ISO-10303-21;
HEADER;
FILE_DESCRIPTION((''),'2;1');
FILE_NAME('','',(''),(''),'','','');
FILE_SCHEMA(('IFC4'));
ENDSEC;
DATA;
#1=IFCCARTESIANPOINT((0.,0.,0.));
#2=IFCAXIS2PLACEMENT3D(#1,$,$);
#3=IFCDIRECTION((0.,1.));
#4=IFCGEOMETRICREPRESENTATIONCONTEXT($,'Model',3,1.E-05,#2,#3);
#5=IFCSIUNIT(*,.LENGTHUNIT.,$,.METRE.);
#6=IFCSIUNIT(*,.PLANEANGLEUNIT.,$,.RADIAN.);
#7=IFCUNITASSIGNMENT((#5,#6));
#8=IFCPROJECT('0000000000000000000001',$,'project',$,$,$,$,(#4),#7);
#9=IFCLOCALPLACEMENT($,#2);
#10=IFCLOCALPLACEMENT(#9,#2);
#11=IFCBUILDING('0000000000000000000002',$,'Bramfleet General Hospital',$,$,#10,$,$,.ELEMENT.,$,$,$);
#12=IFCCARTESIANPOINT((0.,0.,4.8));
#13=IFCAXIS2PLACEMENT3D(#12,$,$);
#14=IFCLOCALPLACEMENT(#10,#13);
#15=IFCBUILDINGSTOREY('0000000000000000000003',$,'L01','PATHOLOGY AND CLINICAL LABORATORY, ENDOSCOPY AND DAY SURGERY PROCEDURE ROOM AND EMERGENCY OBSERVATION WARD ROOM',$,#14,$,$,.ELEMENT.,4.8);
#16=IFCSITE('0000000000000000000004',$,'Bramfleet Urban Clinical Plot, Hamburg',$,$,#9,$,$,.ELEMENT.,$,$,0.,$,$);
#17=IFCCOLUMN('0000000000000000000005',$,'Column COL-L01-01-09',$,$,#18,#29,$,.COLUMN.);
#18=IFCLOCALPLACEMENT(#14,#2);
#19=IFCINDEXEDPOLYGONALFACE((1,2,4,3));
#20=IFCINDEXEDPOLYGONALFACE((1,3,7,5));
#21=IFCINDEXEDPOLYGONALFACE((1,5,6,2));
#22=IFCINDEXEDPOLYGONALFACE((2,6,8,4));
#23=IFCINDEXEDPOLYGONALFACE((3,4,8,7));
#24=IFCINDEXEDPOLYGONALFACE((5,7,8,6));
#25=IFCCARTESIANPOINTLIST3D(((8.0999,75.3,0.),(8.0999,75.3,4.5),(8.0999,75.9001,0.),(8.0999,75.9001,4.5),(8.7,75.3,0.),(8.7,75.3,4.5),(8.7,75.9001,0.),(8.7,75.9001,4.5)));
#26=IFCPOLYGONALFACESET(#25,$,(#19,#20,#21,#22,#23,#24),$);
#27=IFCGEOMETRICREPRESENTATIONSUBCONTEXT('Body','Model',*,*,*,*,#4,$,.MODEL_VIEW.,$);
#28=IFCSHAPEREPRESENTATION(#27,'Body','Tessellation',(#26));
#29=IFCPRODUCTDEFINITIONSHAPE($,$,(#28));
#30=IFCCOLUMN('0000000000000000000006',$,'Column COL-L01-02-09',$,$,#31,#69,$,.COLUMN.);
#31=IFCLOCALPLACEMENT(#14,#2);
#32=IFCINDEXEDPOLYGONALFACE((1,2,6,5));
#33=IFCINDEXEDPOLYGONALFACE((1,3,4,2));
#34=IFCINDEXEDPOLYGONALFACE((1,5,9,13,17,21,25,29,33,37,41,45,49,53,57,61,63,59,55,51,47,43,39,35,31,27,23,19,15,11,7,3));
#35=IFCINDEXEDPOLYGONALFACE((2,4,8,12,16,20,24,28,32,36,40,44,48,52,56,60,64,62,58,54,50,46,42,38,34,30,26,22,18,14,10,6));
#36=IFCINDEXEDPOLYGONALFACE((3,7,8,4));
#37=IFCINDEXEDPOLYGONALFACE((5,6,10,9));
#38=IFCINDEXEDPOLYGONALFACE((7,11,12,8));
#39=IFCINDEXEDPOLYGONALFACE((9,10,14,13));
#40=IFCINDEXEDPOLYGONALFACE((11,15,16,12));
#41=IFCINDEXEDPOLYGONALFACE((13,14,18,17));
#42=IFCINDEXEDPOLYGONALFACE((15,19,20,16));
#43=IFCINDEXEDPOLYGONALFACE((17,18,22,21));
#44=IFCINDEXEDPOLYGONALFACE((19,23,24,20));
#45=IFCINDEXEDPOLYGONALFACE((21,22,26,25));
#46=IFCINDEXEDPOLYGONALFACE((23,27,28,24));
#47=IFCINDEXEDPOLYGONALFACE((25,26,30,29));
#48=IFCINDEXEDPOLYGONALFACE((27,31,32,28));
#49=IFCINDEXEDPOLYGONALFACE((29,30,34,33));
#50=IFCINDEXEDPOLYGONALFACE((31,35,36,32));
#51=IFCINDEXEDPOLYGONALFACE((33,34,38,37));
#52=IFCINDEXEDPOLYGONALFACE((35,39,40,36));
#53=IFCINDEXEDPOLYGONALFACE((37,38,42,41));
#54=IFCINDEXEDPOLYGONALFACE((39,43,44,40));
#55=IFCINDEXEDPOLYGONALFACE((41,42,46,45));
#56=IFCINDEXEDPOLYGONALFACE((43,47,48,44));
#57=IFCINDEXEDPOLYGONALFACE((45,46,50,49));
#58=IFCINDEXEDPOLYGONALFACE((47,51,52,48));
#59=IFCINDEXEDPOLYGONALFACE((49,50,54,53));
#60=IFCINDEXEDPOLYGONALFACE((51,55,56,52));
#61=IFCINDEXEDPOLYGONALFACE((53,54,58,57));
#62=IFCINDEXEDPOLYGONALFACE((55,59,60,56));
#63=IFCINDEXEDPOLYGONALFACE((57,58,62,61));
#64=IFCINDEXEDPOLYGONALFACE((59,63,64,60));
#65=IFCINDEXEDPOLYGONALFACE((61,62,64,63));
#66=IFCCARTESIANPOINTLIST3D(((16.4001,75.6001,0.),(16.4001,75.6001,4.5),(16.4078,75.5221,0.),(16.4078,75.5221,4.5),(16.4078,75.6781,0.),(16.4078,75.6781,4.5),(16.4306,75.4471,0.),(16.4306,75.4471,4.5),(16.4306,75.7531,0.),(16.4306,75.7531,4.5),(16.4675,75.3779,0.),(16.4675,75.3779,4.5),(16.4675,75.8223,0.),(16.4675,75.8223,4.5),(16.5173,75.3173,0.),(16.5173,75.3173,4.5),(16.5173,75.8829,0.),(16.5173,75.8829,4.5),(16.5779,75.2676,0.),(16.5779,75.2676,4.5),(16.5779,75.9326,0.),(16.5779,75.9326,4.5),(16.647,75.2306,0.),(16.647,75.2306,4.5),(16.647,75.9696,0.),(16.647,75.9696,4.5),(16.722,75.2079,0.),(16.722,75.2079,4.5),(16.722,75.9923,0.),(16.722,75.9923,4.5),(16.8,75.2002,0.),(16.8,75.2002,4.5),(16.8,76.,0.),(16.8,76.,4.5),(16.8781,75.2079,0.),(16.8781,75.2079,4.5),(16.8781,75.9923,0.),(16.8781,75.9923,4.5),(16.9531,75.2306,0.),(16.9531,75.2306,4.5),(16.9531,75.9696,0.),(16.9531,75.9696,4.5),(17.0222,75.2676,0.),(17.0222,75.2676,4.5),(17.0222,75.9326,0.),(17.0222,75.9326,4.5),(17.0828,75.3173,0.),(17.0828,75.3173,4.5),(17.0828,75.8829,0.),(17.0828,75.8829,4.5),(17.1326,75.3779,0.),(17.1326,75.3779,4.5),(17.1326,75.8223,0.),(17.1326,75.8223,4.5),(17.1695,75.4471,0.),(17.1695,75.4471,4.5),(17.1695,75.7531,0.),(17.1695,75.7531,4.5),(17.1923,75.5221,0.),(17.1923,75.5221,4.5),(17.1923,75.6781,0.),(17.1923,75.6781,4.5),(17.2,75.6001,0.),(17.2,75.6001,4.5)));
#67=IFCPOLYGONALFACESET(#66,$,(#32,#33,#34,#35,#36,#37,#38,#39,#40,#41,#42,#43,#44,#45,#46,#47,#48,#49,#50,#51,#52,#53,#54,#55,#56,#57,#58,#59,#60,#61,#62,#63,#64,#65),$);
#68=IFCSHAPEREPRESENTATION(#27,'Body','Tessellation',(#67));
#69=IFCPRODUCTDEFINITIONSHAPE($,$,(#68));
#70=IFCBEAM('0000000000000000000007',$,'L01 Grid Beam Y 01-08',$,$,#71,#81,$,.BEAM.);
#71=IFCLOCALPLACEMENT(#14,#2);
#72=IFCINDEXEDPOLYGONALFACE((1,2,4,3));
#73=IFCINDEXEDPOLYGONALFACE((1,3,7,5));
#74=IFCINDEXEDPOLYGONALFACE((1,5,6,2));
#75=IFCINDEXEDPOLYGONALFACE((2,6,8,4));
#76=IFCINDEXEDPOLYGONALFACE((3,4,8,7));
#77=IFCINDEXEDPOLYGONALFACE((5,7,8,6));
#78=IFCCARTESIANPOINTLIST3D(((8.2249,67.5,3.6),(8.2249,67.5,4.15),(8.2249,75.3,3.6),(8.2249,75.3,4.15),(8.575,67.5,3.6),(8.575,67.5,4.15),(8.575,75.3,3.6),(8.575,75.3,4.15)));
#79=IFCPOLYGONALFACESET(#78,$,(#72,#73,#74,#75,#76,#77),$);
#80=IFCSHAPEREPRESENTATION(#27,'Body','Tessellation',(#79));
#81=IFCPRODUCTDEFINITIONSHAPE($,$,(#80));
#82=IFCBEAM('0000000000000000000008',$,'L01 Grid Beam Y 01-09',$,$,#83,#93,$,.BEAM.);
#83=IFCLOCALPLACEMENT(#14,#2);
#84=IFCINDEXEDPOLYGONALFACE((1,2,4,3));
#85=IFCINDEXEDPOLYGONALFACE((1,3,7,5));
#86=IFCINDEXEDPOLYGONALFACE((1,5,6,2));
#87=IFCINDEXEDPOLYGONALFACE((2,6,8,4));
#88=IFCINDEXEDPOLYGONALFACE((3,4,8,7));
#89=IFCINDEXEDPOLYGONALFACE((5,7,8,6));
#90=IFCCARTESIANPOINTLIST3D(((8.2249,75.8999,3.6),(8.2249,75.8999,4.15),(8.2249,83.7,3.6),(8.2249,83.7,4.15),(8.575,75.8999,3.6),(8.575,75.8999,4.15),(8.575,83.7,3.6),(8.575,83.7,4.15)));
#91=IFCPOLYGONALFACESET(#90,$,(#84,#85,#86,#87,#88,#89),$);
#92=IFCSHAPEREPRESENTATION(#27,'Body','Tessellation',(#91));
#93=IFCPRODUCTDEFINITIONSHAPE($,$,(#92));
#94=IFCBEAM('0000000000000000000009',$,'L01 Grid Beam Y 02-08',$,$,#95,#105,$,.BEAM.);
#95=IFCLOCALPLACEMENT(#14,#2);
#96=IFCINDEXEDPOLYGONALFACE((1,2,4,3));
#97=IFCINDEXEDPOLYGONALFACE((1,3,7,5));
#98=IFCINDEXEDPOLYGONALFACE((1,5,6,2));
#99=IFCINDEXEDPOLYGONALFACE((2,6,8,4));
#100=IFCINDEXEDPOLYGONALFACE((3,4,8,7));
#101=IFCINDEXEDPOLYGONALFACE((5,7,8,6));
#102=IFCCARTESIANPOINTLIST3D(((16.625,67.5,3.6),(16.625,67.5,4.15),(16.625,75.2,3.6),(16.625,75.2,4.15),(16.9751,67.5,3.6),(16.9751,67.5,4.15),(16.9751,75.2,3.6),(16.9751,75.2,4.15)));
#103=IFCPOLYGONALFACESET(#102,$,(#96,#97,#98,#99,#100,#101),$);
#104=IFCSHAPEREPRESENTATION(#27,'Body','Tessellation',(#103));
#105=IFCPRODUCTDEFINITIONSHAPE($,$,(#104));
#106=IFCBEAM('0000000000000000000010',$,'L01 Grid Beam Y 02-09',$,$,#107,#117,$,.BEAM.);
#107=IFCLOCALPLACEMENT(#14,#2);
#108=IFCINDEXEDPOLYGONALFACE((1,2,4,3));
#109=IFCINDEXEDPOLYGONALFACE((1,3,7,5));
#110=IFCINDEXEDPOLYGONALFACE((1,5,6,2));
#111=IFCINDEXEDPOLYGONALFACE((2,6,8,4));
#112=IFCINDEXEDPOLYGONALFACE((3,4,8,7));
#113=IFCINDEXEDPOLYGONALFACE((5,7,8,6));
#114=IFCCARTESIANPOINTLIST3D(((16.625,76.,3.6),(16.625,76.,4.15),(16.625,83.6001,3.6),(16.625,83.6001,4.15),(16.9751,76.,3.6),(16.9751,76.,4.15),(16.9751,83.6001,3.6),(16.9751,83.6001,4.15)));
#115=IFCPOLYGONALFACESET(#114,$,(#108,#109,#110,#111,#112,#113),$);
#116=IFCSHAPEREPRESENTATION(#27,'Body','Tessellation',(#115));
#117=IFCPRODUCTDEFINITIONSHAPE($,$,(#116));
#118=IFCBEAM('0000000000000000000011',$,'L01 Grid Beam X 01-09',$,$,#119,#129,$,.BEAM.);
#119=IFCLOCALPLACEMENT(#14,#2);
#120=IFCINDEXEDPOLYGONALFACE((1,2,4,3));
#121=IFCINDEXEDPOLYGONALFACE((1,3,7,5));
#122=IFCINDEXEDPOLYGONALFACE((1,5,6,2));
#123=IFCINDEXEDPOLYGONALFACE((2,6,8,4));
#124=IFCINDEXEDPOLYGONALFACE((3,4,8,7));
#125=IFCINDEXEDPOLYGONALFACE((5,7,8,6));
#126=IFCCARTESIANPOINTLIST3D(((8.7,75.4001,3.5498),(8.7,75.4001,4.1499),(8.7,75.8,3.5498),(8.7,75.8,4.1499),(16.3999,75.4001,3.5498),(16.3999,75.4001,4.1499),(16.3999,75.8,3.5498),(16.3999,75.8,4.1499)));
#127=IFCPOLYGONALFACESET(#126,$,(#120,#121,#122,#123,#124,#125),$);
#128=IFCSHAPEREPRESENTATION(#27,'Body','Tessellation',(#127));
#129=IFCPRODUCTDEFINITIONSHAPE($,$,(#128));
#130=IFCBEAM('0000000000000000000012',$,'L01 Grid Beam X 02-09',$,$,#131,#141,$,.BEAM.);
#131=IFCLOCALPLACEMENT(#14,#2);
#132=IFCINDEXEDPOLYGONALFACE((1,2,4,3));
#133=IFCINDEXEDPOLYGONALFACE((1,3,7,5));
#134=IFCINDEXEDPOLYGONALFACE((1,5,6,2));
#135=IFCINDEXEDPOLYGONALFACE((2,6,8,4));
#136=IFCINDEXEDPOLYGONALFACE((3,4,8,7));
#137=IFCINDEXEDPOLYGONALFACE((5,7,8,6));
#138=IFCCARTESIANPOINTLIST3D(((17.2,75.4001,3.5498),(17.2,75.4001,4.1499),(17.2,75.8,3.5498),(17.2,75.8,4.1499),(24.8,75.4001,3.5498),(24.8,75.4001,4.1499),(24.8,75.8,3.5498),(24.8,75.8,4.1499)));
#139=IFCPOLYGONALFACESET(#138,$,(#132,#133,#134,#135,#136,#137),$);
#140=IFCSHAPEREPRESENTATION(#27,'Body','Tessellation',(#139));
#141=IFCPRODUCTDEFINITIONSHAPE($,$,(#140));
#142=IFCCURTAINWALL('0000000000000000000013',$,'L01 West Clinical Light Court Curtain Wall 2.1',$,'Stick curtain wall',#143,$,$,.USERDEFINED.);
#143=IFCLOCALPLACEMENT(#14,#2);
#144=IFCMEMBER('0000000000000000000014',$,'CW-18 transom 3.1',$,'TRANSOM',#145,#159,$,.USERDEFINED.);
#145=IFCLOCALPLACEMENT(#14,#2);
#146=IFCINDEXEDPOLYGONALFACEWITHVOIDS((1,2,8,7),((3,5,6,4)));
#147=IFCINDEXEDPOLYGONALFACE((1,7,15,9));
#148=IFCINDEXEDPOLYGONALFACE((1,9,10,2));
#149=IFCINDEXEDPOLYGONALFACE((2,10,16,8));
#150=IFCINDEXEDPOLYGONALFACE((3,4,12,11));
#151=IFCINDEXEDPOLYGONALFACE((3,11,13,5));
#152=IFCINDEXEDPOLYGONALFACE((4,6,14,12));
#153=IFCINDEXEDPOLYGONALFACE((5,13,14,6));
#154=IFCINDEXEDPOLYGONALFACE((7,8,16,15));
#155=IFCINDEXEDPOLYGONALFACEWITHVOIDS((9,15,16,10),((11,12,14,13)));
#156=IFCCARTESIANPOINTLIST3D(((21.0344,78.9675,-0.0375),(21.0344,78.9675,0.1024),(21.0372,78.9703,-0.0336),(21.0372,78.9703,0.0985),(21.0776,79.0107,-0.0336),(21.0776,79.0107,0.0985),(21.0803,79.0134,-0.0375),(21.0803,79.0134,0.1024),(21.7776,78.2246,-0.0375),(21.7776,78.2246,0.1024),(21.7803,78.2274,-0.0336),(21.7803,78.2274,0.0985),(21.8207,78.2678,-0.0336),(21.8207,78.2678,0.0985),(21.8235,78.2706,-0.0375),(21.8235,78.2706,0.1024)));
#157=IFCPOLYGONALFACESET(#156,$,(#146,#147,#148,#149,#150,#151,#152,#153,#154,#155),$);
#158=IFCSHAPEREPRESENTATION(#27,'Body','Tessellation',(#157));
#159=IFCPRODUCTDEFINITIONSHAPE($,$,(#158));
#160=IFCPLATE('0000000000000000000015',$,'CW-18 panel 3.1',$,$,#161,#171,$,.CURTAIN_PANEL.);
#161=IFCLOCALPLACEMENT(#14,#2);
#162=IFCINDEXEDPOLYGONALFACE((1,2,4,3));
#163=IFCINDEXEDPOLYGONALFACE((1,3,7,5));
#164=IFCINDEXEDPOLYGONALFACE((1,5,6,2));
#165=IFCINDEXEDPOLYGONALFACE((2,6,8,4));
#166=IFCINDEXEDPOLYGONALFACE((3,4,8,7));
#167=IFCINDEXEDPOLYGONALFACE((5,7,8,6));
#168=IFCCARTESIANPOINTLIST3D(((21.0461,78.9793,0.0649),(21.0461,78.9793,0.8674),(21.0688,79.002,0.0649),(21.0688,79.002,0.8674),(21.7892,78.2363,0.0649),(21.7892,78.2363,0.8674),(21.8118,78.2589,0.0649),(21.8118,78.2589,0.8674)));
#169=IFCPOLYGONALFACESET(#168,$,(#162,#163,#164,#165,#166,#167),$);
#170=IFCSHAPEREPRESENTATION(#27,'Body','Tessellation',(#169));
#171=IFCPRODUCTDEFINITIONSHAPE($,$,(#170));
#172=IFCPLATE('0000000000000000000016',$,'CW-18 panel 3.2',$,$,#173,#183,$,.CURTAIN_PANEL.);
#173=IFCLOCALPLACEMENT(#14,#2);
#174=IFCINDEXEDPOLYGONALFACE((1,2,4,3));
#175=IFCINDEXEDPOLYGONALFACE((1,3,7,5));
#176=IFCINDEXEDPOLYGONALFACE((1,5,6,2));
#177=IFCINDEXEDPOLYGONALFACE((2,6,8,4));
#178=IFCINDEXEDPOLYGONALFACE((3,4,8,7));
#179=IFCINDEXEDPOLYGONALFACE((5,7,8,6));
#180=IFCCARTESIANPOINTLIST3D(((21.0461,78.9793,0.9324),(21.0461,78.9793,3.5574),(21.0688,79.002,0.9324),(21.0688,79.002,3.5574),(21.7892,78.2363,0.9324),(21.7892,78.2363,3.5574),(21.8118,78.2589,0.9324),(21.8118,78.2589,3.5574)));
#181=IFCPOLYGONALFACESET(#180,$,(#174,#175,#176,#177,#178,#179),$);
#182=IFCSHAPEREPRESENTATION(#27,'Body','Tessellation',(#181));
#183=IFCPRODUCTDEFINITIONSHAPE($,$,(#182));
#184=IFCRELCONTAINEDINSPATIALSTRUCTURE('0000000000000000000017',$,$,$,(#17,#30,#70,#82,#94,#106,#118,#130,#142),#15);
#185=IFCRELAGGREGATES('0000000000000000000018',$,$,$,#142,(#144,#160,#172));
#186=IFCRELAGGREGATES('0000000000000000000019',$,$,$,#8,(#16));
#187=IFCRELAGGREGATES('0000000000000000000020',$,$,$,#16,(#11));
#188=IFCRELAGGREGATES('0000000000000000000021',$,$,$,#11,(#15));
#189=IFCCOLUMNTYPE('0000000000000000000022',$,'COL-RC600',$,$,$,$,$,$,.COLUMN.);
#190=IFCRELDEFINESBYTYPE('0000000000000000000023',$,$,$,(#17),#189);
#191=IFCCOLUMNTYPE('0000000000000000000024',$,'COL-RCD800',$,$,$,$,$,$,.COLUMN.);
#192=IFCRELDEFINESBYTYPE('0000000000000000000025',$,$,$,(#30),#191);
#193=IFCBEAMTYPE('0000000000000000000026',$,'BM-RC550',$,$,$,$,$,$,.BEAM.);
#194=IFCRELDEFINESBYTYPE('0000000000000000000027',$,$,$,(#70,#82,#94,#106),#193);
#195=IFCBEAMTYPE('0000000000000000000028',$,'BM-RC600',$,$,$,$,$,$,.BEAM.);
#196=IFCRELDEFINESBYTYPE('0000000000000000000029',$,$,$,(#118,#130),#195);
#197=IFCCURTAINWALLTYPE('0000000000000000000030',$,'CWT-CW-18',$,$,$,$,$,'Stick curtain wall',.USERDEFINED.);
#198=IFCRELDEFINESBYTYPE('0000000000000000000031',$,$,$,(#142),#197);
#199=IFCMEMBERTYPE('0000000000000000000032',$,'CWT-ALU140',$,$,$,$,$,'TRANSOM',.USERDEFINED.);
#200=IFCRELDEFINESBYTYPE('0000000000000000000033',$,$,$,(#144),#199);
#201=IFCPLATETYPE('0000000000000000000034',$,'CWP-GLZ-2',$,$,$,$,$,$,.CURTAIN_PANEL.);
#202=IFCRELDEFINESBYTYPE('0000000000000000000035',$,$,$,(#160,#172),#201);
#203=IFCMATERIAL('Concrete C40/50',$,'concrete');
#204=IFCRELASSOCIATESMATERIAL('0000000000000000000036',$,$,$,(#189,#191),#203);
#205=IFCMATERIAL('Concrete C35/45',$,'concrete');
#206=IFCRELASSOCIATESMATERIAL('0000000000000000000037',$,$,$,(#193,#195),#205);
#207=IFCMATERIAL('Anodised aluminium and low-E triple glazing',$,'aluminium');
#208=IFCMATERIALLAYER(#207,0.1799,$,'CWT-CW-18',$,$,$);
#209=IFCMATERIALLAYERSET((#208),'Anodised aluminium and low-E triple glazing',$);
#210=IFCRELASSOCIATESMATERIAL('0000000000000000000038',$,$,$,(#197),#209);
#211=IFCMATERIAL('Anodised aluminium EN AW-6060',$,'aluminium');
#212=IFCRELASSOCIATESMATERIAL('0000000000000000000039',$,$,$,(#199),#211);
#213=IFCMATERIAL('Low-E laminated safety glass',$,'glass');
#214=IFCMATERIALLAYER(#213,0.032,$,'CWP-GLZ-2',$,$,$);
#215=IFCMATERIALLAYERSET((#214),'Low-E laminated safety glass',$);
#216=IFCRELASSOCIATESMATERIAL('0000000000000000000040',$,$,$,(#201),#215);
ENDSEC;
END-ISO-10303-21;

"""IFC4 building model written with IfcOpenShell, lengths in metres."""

from ifc_helpers import new_model, si_unit, direction, frame, origin, origin_2d, place, context, subcontext, project, spatial, rectangle, hollow_rectangle, circle, extrude, material, layer, layer_set, material_profile, profile_set, type_object, element, aggregate, save


model = new_model("IFC4")

# Units and contexts
model_context = context("Model", 3, precision=1e-05, world=origin(), true_north=direction((0.0, 1.0)))
body_context = subcontext(model_context, "Body", "Model", "MODEL_VIEW")
ifc_project = project(units=[si_unit("LENGTHUNIT", "METRE"), si_unit("PLANEANGLEUNIT", "RADIAN")], contexts=[model_context])

# Site, building, storey
site_placement = place(None, origin())
site = spatial("IfcSite", under=ifc_project, at=site_placement, Name="Bramfleet Urban Clinical Plot, Hamburg", CompositionType="ELEMENT", RefElevation=0.0)
building_placement = place(site_placement, origin())
building = spatial("IfcBuilding", under=site, at=building_placement, Name="Bramfleet General Hospital", CompositionType="ELEMENT")
storey_placement = place(building_placement, frame((0.0, 0.0, 4.8)))
storey = spatial("IfcBuildingStorey", under=building, at=storey_placement, Name="L01", Description="PATHOLOGY AND CLINICAL LABORATORY, ENDOSCOPY AND DAY SURGERY PROCEDURE ROOM AND EMERGENCY OBSERVATION WARD ROOM", CompositionType="ELEMENT", Elevation=4.8)

# Columns
ifc_material_1 = material(Name="Concrete C40/50", Category="concrete")
ifc_material_profile_1 = material_profile(ifc_material_1, rectangle(XDim=0.6001, YDim=0.6001, at=origin_2d()), Name="RC COL 600x600")
ifc_profile_set_1 = profile_set([ifc_material_profile_1], Name="Concrete C40/50")
column_type_1 = type_object("IfcColumnType", Name="COL-RC600", PredefinedType="COLUMN", material=ifc_profile_set_1)
column_1_placement = place(storey_placement, frame((8.3999, 75.6001, 0.0), z_axis=(0.0, 0.0, 1.0), x_axis=(1.0, 0.0, 0.0)))
element("IfcColumn", 1, at=column_1_placement, inside=storey, type_object=column_type_1, Name="Column COL-L01-01-09", PredefinedType="COLUMN", context=body_context, shape_type="SweptSolid", body=[
    extrude(rectangle(XDim=0.6001, YDim=0.6001, at=origin_2d()), origin(), (0.0, 0.0, 1.0), 4.5),
])
ifc_material_profile_2 = material_profile(ifc_material_1, circle(Radius=0.3999, at=origin_2d()), Name="RC ROUND D800")
ifc_profile_set_2 = profile_set([ifc_material_profile_2], Name="Concrete C40/50")
column_type_2 = type_object("IfcColumnType", Name="COL-RCD800", PredefinedType="COLUMN", material=ifc_profile_set_2)
column_2_placement = place(storey_placement, frame((16.8, 75.6001, 0.0), z_axis=(0.0, 0.0, 1.0), x_axis=(1.0, 0.0, 0.0)))
element("IfcColumn", 2, at=column_2_placement, inside=storey, type_object=column_type_2, Name="Column COL-L01-02-09", PredefinedType="COLUMN", context=body_context, shape_type="SweptSolid", body=[
    extrude(circle(Radius=0.3999, at=origin_2d()), origin(), (0.0, 0.0, 1.0), 4.5),
])

# Beams
ifc_material_2 = material(Name="Concrete C35/45", Category="concrete")
ifc_material_profile_3 = material_profile(ifc_material_2, rectangle(XDim=0.3501, YDim=0.55, at=origin_2d()), Name="RC BM 550x350")
ifc_profile_set_3 = profile_set([ifc_material_profile_3], Name="Concrete C35/45")
beam_type_1 = type_object("IfcBeamType", Name="BM-RC550", PredefinedType="BEAM", material=ifc_profile_set_3)
for number, where, z_axis, x_axis, name in (
    (3, (8.3999, 67.5, 3.875), (0.0, 1.0, 0.0), (-1.0, 0.0, 0.0), "L01 Grid Beam Y 01-08"),
    (4, (8.3999, 75.8999, 3.875), (0.0, 1.0, 0.0), (-1.0, 0.0, 0.0), "L01 Grid Beam Y 01-09"),
):
    element("IfcBeam", number, at=place(storey_placement, frame(where, z_axis=z_axis, x_axis=x_axis)), inside=storey, type_object=beam_type_1, Name=name, PredefinedType="BEAM", context=body_context, shape_type="SweptSolid", body=[
        extrude(rectangle(XDim=0.3501, YDim=0.55, at=origin_2d()), origin(), (0.0, 0.0, 1.0), 7.8),
    ])
beam_1_placement = place(storey_placement, frame((16.8, 67.5, 3.875), z_axis=(0.0, 1.0, 0.0), x_axis=(-1.0, 0.0, 0.0)))
element("IfcBeam", 5, at=beam_1_placement, inside=storey, type_object=beam_type_1, Name="L01 Grid Beam Y 02-08", PredefinedType="BEAM", context=body_context, shape_type="SweptSolid", body=[
    extrude(rectangle(XDim=0.3501, YDim=0.55, at=origin_2d()), origin(), (0.0, 0.0, 1.0), 7.7),
])
beam_2_placement = place(storey_placement, frame((16.8, 76.0, 3.875), z_axis=(0.0, 1.0, 0.0), x_axis=(-1.0, 0.0, 0.0)))
element("IfcBeam", 6, at=beam_2_placement, inside=storey, type_object=beam_type_1, Name="L01 Grid Beam Y 02-09", PredefinedType="BEAM", context=body_context, shape_type="SweptSolid", body=[
    extrude(rectangle(XDim=0.3501, YDim=0.55, at=origin_2d()), origin(), (0.0, 0.0, 1.0), 7.6001),
])
ifc_material_profile_4 = material_profile(ifc_material_2, rectangle(XDim=0.3999, YDim=0.6001, at=origin_2d()), Name="RC BM 600x400")
ifc_profile_set_4 = profile_set([ifc_material_profile_4], Name="Concrete C35/45")
beam_type_2 = type_object("IfcBeamType", Name="BM-RC600", PredefinedType="BEAM", material=ifc_profile_set_4)
beam_3_placement = place(storey_placement, frame((8.7, 75.6001, 3.8499), z_axis=(1.0, 0.0, 0.0), x_axis=(0.0, 1.0, 0.0)))
element("IfcBeam", 7, at=beam_3_placement, inside=storey, type_object=beam_type_2, Name="L01 Grid Beam X 01-09", PredefinedType="BEAM", context=body_context, shape_type="SweptSolid", body=[
    extrude(rectangle(XDim=0.3999, YDim=0.6001, at=origin_2d()), origin(), (0.0, 0.0, 1.0), 7.7),
])
beam_4_placement = place(storey_placement, frame((17.2, 75.6001, 3.8499), z_axis=(1.0, 0.0, 0.0), x_axis=(0.0, 1.0, 0.0)))
element("IfcBeam", 8, at=beam_4_placement, inside=storey, type_object=beam_type_2, Name="L01 Grid Beam X 02-09", PredefinedType="BEAM", context=body_context, shape_type="SweptSolid", body=[
    extrude(rectangle(XDim=0.3999, YDim=0.6001, at=origin_2d()), origin(), (0.0, 0.0, 1.0), 7.6001),
])

# Curtain wall, member, plates
ifc_material_3 = material(Name="Anodised aluminium and low-E triple glazing", Category="aluminium")
ifc_layer_1 = layer(ifc_material_3, 0.1799, Name="CWT-CW-18")
ifc_layer_set_1 = layer_set([ifc_layer_1], Name="Anodised aluminium and low-E triple glazing")
curtain_wall_type = type_object("IfcCurtainWallType", Name="CWT-CW-18", ElementType="Stick curtain wall", PredefinedType="USERDEFINED", material=ifc_layer_set_1)
curtain_wall_placement = place(storey_placement, origin())
curtain_wall = element("IfcCurtainWall", 9, at=curtain_wall_placement, inside=storey, type_object=curtain_wall_type, Name="L01 West Clinical Light Court Curtain Wall 2.1", ObjectType="Stick curtain wall", PredefinedType="USERDEFINED")
ifc_material_4 = material(Name="Anodised aluminium EN AW-6060", Category="aluminium")
ifc_material_profile_5 = material_profile(ifc_material_4, hollow_rectangle(XDim=0.0649, YDim=0.1399, WallThickness=0.0039, at=origin_2d()), Name="ALU 140x65x4.0")
ifc_profile_set_5 = profile_set([ifc_material_profile_5], Name="Anodised aluminium EN AW-6060")
member_type = type_object("IfcMemberType", Name="CWT-ALU140", ElementType="TRANSOM", PredefinedType="USERDEFINED", material=ifc_profile_set_5)
member_placement = place(storey_placement, frame((21.0574, 78.9905, 0.0325), z_axis=(0.707223, -0.706991, 0.0), x_axis=(0.706991, 0.707223, 0.0)))
member = element("IfcMember", 10, at=member_placement, type_object=member_type, Name="CW-18 transom 3.1", ObjectType="TRANSOM", PredefinedType="USERDEFINED", context=body_context, shape_type="SweptSolid", body=[
    extrude(hollow_rectangle(XDim=0.0649, YDim=0.1399, WallThickness=0.0039, at=origin_2d()), origin(), (0.0, 0.0, 1.0), 1.0508),
])
ifc_material_5 = material(Name="Low-E laminated safety glass", Category="glass")
ifc_layer_2 = layer(ifc_material_5, 0.032, Name="CWP-GLZ-2")
ifc_layer_set_2 = layer_set([ifc_layer_2], Name="Low-E laminated safety glass")
plate_type = type_object("IfcPlateType", Name="CWP-GLZ-2", PredefinedType="CURTAIN_PANEL", material=ifc_layer_set_2)
plate_1_placement = place(storey_placement, frame((21.429, 78.6191, 0.0649), z_axis=(0.0, 0.0, 1.0), x_axis=(0.707107, -0.707107, 0.0)))
plate_1 = element("IfcPlate", 11, at=plate_1_placement, type_object=plate_type, Name="CW-18 panel 3.1", PredefinedType="CURTAIN_PANEL", context=body_context, shape_type="SweptSolid", body=[
    extrude(rectangle(XDim=1.0508, YDim=0.032, at=origin_2d()), origin(), (0.0, 0.0, 1.0), 0.8025),
])
plate_2_placement = place(storey_placement, frame((21.429, 78.6191, 0.9324), z_axis=(0.0, 0.0, 1.0), x_axis=(0.707107, -0.707107, 0.0)))
plate_2 = element("IfcPlate", 12, at=plate_2_placement, type_object=plate_type, Name="CW-18 panel 3.2", PredefinedType="CURTAIN_PANEL", context=body_context, shape_type="SweptSolid", body=[
    extrude(rectangle(XDim=1.0508, YDim=0.032, at=origin_2d()), origin(), (0.0, 0.0, 1.0), 2.625),
])
aggregate(curtain_wall, [member, plate_1, plate_2])

save(model, "model.ifc")
